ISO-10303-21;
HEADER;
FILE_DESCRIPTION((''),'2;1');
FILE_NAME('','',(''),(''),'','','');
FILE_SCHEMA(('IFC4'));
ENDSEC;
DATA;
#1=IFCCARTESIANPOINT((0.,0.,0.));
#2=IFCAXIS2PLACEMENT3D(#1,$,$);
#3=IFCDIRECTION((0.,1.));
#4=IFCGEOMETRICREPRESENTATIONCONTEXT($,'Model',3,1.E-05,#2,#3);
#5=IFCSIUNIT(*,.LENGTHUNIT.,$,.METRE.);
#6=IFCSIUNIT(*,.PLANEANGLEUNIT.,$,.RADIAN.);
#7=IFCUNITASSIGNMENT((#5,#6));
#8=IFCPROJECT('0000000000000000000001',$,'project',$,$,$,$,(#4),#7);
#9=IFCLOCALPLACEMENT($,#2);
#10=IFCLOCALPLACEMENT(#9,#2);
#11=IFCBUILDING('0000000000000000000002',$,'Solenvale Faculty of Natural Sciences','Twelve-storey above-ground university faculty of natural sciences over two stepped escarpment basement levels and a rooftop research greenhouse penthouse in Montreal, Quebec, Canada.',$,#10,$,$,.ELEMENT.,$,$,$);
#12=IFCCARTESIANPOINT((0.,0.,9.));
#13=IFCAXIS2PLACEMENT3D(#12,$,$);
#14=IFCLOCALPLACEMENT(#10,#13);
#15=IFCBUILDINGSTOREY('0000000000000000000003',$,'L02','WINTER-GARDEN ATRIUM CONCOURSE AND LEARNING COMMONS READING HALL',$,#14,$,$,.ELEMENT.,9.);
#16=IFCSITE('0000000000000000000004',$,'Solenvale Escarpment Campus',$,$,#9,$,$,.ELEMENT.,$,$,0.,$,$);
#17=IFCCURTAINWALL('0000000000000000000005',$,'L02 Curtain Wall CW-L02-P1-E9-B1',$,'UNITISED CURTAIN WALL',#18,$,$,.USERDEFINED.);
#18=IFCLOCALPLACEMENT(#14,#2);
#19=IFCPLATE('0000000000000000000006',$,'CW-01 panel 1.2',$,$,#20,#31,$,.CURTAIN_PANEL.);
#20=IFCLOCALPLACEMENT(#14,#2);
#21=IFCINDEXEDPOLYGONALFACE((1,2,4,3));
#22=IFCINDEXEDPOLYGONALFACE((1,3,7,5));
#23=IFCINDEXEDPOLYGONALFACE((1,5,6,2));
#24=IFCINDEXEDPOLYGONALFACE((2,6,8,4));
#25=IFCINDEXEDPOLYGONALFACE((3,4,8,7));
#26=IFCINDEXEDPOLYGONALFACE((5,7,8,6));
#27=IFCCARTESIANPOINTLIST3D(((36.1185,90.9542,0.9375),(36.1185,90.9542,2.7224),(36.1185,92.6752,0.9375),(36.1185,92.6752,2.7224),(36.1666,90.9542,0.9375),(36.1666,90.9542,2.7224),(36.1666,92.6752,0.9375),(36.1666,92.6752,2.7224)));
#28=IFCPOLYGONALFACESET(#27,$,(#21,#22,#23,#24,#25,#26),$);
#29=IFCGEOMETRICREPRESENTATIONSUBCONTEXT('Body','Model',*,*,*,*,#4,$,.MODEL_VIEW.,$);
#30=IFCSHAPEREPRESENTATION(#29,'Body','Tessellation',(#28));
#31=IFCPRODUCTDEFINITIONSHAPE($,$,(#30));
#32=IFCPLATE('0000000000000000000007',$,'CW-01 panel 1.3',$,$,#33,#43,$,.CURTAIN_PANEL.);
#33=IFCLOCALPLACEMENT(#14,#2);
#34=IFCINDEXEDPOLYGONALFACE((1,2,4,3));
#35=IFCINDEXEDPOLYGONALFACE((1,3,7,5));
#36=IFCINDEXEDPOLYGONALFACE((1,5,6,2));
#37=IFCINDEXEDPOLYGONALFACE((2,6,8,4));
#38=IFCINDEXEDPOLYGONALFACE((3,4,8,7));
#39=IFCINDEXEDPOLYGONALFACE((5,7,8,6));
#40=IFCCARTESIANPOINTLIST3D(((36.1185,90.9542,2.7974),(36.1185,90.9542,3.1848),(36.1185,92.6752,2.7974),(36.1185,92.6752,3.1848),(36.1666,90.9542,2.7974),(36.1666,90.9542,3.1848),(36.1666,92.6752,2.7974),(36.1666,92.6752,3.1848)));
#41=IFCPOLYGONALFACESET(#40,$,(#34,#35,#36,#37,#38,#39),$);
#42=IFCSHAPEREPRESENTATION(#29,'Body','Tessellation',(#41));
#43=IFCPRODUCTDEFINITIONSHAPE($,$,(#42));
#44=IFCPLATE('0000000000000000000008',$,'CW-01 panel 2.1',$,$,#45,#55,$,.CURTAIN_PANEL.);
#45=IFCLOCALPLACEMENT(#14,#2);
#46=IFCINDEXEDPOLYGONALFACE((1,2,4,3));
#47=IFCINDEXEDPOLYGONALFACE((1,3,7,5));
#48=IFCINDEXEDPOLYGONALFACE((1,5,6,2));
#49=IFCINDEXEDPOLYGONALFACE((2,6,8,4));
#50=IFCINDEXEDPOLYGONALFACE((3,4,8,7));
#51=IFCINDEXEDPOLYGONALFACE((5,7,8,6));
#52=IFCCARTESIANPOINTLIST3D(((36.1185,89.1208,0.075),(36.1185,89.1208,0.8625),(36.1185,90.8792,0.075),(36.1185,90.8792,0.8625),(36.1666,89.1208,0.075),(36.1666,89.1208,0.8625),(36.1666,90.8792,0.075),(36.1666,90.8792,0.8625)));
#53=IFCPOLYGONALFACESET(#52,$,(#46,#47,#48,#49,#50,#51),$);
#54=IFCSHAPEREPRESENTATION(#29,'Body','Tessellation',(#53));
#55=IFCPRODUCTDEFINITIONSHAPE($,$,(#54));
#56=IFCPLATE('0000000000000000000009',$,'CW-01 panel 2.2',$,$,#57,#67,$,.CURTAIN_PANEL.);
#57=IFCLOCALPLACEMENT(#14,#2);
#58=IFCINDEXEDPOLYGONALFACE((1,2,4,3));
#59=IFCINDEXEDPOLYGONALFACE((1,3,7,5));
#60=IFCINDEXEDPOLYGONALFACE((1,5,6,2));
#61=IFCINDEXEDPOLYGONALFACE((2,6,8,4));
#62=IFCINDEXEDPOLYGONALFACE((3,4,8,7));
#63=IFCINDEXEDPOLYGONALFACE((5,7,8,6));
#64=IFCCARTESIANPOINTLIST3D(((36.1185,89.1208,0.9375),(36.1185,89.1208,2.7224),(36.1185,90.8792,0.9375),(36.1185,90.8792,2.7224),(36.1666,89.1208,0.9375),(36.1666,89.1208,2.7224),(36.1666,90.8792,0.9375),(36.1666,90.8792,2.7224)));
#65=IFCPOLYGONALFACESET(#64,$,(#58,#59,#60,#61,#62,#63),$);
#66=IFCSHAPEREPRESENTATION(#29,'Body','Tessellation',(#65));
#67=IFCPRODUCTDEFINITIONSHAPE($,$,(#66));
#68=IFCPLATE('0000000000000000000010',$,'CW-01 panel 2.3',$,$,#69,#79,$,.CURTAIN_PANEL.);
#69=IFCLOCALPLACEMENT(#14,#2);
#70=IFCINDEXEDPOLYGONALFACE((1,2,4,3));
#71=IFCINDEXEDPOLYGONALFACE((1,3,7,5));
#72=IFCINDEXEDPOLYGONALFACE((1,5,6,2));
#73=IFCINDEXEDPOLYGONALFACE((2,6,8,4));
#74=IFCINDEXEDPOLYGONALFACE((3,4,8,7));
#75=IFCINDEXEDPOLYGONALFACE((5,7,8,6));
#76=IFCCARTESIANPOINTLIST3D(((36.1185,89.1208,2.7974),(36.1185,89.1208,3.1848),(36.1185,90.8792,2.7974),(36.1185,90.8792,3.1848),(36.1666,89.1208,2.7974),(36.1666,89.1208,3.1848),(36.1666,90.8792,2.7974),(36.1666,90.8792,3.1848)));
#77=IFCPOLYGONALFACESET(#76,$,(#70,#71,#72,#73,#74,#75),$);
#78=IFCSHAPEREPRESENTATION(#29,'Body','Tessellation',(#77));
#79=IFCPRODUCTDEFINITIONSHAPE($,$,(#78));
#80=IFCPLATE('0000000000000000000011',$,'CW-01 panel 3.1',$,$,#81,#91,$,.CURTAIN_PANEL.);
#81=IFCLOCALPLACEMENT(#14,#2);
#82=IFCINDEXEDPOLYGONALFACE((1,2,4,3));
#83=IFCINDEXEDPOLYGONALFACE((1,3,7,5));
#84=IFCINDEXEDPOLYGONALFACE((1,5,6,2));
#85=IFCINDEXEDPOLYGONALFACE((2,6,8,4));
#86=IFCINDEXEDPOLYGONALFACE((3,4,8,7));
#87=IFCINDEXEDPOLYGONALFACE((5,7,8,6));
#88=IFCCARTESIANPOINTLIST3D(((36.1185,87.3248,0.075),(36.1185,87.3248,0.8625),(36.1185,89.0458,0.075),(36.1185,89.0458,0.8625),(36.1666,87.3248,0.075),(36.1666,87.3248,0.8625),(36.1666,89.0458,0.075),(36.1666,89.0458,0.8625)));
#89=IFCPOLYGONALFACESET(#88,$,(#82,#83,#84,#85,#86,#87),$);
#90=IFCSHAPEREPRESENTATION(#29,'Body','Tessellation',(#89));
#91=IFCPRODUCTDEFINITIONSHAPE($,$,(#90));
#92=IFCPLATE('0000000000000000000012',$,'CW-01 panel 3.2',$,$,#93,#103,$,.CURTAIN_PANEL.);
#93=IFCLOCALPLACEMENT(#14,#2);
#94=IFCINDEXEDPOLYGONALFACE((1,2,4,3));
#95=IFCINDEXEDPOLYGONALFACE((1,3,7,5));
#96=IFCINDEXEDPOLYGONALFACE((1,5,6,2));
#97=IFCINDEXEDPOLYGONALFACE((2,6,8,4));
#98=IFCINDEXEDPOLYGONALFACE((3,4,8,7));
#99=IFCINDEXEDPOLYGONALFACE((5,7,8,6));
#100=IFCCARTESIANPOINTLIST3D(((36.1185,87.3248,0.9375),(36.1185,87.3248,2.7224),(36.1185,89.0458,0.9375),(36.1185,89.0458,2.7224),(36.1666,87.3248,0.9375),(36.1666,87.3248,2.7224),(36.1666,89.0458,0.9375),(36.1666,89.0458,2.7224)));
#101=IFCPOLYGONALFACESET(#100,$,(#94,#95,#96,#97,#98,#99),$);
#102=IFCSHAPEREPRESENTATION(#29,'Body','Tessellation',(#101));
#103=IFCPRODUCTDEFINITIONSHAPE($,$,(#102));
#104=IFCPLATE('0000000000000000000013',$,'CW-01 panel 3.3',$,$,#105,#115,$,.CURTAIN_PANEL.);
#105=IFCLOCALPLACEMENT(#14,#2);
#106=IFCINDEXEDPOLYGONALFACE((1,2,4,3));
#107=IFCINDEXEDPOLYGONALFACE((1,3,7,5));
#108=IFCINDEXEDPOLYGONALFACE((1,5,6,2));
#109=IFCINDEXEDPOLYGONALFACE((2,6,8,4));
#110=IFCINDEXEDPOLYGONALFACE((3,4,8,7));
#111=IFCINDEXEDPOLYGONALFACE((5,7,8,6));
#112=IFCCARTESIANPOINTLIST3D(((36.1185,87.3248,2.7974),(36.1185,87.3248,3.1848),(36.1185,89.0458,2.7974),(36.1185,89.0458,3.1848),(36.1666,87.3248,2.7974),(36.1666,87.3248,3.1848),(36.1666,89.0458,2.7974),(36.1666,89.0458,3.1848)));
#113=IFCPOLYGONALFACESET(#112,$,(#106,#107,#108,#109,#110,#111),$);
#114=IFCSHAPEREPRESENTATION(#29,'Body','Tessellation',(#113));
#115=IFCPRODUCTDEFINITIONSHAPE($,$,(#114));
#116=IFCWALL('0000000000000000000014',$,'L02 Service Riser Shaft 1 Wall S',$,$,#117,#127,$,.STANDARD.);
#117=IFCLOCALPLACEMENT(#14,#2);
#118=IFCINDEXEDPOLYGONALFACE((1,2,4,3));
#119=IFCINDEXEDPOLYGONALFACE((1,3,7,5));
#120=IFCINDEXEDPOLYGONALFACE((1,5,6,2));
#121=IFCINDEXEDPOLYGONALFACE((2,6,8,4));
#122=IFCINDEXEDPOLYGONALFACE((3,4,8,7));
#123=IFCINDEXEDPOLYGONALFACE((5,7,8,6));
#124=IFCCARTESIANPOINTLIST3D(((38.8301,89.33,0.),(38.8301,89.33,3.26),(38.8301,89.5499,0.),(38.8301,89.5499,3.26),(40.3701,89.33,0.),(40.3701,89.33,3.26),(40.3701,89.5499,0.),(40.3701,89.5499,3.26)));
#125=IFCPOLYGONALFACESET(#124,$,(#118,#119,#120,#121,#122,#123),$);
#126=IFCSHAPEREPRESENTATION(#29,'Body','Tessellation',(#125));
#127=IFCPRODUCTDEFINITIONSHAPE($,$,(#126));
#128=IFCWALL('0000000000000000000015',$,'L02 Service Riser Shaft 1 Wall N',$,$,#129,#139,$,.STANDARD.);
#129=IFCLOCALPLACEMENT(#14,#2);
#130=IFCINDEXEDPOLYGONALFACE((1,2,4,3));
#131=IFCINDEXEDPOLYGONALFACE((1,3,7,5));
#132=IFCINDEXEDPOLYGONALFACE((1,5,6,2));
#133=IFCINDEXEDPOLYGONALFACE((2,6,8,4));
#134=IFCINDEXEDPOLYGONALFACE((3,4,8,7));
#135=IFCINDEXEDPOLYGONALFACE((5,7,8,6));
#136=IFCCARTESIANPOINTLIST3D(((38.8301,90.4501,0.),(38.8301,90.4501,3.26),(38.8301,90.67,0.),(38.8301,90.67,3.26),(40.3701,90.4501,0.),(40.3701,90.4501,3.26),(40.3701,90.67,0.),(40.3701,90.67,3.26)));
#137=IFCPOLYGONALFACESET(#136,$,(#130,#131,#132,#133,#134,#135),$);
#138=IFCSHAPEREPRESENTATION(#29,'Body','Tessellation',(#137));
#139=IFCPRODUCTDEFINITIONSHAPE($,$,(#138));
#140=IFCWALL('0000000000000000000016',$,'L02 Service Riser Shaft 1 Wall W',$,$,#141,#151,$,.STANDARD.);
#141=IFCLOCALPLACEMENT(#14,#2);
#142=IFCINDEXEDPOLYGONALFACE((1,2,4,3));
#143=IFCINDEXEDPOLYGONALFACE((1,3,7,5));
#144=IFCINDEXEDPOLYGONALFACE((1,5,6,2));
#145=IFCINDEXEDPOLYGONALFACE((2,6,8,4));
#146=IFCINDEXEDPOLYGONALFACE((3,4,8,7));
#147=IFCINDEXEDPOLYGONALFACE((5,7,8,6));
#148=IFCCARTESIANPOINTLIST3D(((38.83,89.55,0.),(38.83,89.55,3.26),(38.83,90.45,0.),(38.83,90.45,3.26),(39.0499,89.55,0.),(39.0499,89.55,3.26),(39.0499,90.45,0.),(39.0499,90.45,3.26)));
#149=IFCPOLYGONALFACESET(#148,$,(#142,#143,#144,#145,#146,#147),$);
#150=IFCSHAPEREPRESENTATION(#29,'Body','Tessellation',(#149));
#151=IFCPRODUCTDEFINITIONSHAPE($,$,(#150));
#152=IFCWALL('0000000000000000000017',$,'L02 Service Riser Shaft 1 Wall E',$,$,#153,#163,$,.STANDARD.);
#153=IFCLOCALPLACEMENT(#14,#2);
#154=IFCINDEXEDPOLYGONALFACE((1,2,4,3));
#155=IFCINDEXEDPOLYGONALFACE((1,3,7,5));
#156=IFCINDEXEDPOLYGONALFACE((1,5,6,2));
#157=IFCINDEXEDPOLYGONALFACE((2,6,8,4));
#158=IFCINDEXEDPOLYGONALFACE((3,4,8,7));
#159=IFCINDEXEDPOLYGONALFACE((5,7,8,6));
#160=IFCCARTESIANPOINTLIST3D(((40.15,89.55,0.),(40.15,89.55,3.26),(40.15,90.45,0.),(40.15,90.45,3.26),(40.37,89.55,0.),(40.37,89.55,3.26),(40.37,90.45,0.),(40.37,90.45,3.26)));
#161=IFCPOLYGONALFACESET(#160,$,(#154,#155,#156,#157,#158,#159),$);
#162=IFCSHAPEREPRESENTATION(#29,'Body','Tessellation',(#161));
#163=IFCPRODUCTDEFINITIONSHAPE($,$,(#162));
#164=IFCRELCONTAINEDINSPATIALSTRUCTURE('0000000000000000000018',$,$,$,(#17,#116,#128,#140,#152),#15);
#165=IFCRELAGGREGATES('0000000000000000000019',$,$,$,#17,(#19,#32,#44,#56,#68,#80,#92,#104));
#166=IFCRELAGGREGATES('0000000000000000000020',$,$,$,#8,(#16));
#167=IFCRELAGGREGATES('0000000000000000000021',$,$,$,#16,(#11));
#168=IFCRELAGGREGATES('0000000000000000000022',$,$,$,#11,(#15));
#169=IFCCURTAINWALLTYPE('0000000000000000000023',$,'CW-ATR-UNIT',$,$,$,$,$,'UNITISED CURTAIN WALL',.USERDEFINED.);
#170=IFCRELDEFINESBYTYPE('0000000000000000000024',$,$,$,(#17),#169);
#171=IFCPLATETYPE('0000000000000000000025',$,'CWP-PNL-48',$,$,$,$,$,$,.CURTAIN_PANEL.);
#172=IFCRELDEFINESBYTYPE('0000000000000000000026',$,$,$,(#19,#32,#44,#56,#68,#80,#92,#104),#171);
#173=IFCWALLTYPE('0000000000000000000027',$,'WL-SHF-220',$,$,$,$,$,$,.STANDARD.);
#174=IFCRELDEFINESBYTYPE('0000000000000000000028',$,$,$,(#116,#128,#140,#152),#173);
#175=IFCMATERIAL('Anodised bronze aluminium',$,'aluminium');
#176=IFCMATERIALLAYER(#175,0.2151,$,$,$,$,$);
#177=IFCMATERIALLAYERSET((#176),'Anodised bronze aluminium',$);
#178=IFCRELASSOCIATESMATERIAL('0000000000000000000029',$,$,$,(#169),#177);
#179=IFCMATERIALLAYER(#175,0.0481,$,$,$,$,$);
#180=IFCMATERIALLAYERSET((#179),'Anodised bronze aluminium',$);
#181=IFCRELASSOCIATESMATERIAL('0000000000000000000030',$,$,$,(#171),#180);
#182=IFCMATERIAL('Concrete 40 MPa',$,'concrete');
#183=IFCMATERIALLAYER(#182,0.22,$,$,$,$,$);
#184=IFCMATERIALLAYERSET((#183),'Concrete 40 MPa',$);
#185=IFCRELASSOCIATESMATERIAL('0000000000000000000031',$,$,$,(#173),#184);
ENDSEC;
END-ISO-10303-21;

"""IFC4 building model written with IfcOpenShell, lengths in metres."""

from ifc_helpers import new_model, si_unit, direction, frame, frame_2d, origin, origin_2d, place, context, subcontext, project, spatial, rectangle, extrude, material, layer, layer_set, type_object, element, aggregate, save


model = new_model("IFC4")

# Units and contexts
model_context = context("Model", 3, precision=1e-05, world=origin(), true_north=direction((0.0, 1.0)))
body_context = subcontext(model_context, "Body", "Model", "MODEL_VIEW")
ifc_project = project(units=[si_unit("LENGTHUNIT", "METRE"), si_unit("PLANEANGLEUNIT", "RADIAN")], contexts=[model_context])

# Site, building, storey
site_placement = place(None, origin())
site = spatial("IfcSite", under=ifc_project, at=site_placement, Name="Solenvale Escarpment Campus", CompositionType="ELEMENT", RefElevation=0.0)
building_placement = place(site_placement, origin())
building = spatial("IfcBuilding", under=site, at=building_placement, Name="Solenvale Faculty of Natural Sciences", Description="Twelve-storey above-ground university faculty of natural sciences over two stepped escarpment basement levels and a rooftop research greenhouse penthouse in Montreal, Quebec, Canada.", CompositionType="ELEMENT")
storey_placement = place(building_placement, frame((0.0, 0.0, 9.0)))
storey = spatial("IfcBuildingStorey", under=building, at=storey_placement, Name="L02", Description="WINTER-GARDEN ATRIUM CONCOURSE AND LEARNING COMMONS READING HALL", CompositionType="ELEMENT", Elevation=9.0)

# Curtain wall, plates
ifc_material_1 = material(Name="Anodised bronze aluminium", Category="aluminium")
ifc_layer_1 = layer(ifc_material_1, 0.2151)
ifc_layer_set_1 = layer_set([ifc_layer_1], Name="Anodised bronze aluminium")
curtain_wall_type = type_object("IfcCurtainWallType", Name="CW-ATR-UNIT", ElementType="UNITISED CURTAIN WALL", PredefinedType="USERDEFINED", material=ifc_layer_set_1)
curtain_wall_placement = place(storey_placement, origin())
curtain_wall = element("IfcCurtainWall", 1, at=curtain_wall_placement, inside=storey, type_object=curtain_wall_type, Name="L02 Curtain Wall CW-L02-P1-E9-B1", ObjectType="UNITISED CURTAIN WALL", PredefinedType="USERDEFINED")
ifc_layer_2 = layer(ifc_material_1, 0.0481)
ifc_layer_set_2 = layer_set([ifc_layer_2], Name="Anodised bronze aluminium")
plate_type = type_object("IfcPlateType", Name="CWP-PNL-48", PredefinedType="CURTAIN_PANEL", material=ifc_layer_set_2)
plate_1_placement = place(storey_placement, frame((36.1426, 91.8147, 0.9375), z_axis=(0.0, 0.0, 1.0), x_axis=(0.0, -1.0, 0.0)))
plate_1 = element("IfcPlate", 2, at=plate_1_placement, type_object=plate_type, Name="CW-01 panel 1.2", PredefinedType="CURTAIN_PANEL", context=body_context, shape_type="SweptSolid", body=[
    extrude(rectangle(XDim=1.7209, YDim=0.0481, at=origin_2d()), origin(), (0.0, 0.0, 1.0), 1.7849),
])
plate_2_placement = place(storey_placement, frame((36.1426, 91.8147, 2.7974), z_axis=(0.0, 0.0, 1.0), x_axis=(0.0, -1.0, 0.0)))
plate_2 = element("IfcPlate", 3, at=plate_2_placement, type_object=plate_type, Name="CW-01 panel 1.3", PredefinedType="CURTAIN_PANEL", context=body_context, shape_type="SweptSolid", body=[
    extrude(rectangle(XDim=1.7209, YDim=0.0481, at=origin_2d()), origin(), (0.0, 0.0, 1.0), 0.3875),
])
plate_3_placement = place(storey_placement, frame((36.1426, 90.0, 0.075), z_axis=(0.0, 0.0, 1.0), x_axis=(0.0, -1.0, 0.0)))
plate_3 = element("IfcPlate", 4, at=plate_3_placement, type_object=plate_type, Name="CW-01 panel 2.1", PredefinedType="CURTAIN_PANEL", context=body_context, shape_type="SweptSolid", body=[
    extrude(rectangle(XDim=1.7583, YDim=0.0481, at=origin_2d()), origin(), (0.0, 0.0, 1.0), 0.7876),
])
plate_4_placement = place(storey_placement, frame((36.1426, 90.0, 0.9375), z_axis=(0.0, 0.0, 1.0), x_axis=(0.0, -1.0, 0.0)))
plate_4 = element("IfcPlate", 5, at=plate_4_placement, type_object=plate_type, Name="CW-01 panel 2.2", PredefinedType="CURTAIN_PANEL", context=body_context, shape_type="SweptSolid", body=[
    extrude(rectangle(XDim=1.7583, YDim=0.0481, at=origin_2d()), origin(), (0.0, 0.0, 1.0), 1.7849),
])
plate_5_placement = place(storey_placement, frame((36.1426, 90.0, 2.7974), z_axis=(0.0, 0.0, 1.0), x_axis=(0.0, -1.0, 0.0)))
plate_5 = element("IfcPlate", 6, at=plate_5_placement, type_object=plate_type, Name="CW-01 panel 2.3", PredefinedType="CURTAIN_PANEL", context=body_context, shape_type="SweptSolid", body=[
    extrude(rectangle(XDim=1.7583, YDim=0.0481, at=origin_2d()), origin(), (0.0, 0.0, 1.0), 0.3875),
])
plate_6_placement = place(storey_placement, frame((36.1426, 88.1853, 0.075), z_axis=(0.0, 0.0, 1.0), x_axis=(0.0, -1.0, 0.0)))
plate_6 = element("IfcPlate", 7, at=plate_6_placement, type_object=plate_type, Name="CW-01 panel 3.1", PredefinedType="CURTAIN_PANEL", context=body_context, shape_type="SweptSolid", body=[
    extrude(rectangle(XDim=1.7209, YDim=0.0481, at=origin_2d()), origin(), (0.0, 0.0, 1.0), 0.7876),
])
plate_7_placement = place(storey_placement, frame((36.1426, 88.1853, 0.9375), z_axis=(0.0, 0.0, 1.0), x_axis=(0.0, -1.0, 0.0)))
plate_7 = element("IfcPlate", 8, at=plate_7_placement, type_object=plate_type, Name="CW-01 panel 3.2", PredefinedType="CURTAIN_PANEL", context=body_context, shape_type="SweptSolid", body=[
    extrude(rectangle(XDim=1.7209, YDim=0.0481, at=origin_2d()), origin(), (0.0, 0.0, 1.0), 1.7849),
])
plate_8_placement = place(storey_placement, frame((36.1426, 88.1853, 2.7974), z_axis=(0.0, 0.0, 1.0), x_axis=(0.0, -1.0, 0.0)))
plate_8 = element("IfcPlate", 9, at=plate_8_placement, type_object=plate_type, Name="CW-01 panel 3.3", PredefinedType="CURTAIN_PANEL", context=body_context, shape_type="SweptSolid", body=[
    extrude(rectangle(XDim=1.7209, YDim=0.0481, at=origin_2d()), origin(), (0.0, 0.0, 1.0), 0.3875),
])
aggregate(curtain_wall, [plate_1, plate_2, plate_3, plate_4, plate_5, plate_6, plate_7, plate_8])

# Walls
ifc_material_2 = material(Name="Concrete 40 MPa", Category="concrete")
ifc_layer_3 = layer(ifc_material_2, 0.22)
ifc_layer_set_3 = layer_set([ifc_layer_3], Name="Concrete 40 MPa")
wall_type = type_object("IfcWallType", Name="WL-SHF-220", PredefinedType="STANDARD", material=ifc_layer_set_3)
for number, where, z_axis, x_axis, name in (
    (10, (38.8301, 89.4399, 0.0), (0.0, 0.0, 1.0), (1.0, 0.0, 0.0), "L02 Service Riser Shaft 1 Wall S"),
    (11, (38.8301, 90.5601, 0.0), (0.0, 0.0, 1.0), (1.0, 0.0, 0.0), "L02 Service Riser Shaft 1 Wall N"),
):
    element("IfcWall", number, at=place(storey_placement, frame(where, z_axis=z_axis, x_axis=x_axis)), inside=storey, type_object=wall_type, Name=name, PredefinedType="STANDARD", context=body_context, shape_type="SweptSolid", body=[
        extrude(rectangle(XDim=1.54, YDim=0.22, at=frame_2d((0.77, 0.0))), origin(), (0.0, 0.0, 1.0), 3.26),
    ])
for number, where, z_axis, x_axis, name in (
    (12, (38.9399, 89.55, 0.0), (0.0, 0.0, 1.0), (0.0, 1.0, 0.0), "L02 Service Riser Shaft 1 Wall W"),
    (13, (40.26, 89.55, 0.0), (0.0, 0.0, 1.0), (0.0, 1.0, 0.0), "L02 Service Riser Shaft 1 Wall E"),
):
    element("IfcWall", number, at=place(storey_placement, frame(where, z_axis=z_axis, x_axis=x_axis)), inside=storey, type_object=wall_type, Name=name, PredefinedType="STANDARD", context=body_context, shape_type="SweptSolid", body=[
        extrude(rectangle(XDim=0.8999, YDim=0.22, at=frame_2d((0.45, 0.0))), origin(), (0.0, 0.0, 1.0), 3.26),
    ])

save(model, "model.ifc")
